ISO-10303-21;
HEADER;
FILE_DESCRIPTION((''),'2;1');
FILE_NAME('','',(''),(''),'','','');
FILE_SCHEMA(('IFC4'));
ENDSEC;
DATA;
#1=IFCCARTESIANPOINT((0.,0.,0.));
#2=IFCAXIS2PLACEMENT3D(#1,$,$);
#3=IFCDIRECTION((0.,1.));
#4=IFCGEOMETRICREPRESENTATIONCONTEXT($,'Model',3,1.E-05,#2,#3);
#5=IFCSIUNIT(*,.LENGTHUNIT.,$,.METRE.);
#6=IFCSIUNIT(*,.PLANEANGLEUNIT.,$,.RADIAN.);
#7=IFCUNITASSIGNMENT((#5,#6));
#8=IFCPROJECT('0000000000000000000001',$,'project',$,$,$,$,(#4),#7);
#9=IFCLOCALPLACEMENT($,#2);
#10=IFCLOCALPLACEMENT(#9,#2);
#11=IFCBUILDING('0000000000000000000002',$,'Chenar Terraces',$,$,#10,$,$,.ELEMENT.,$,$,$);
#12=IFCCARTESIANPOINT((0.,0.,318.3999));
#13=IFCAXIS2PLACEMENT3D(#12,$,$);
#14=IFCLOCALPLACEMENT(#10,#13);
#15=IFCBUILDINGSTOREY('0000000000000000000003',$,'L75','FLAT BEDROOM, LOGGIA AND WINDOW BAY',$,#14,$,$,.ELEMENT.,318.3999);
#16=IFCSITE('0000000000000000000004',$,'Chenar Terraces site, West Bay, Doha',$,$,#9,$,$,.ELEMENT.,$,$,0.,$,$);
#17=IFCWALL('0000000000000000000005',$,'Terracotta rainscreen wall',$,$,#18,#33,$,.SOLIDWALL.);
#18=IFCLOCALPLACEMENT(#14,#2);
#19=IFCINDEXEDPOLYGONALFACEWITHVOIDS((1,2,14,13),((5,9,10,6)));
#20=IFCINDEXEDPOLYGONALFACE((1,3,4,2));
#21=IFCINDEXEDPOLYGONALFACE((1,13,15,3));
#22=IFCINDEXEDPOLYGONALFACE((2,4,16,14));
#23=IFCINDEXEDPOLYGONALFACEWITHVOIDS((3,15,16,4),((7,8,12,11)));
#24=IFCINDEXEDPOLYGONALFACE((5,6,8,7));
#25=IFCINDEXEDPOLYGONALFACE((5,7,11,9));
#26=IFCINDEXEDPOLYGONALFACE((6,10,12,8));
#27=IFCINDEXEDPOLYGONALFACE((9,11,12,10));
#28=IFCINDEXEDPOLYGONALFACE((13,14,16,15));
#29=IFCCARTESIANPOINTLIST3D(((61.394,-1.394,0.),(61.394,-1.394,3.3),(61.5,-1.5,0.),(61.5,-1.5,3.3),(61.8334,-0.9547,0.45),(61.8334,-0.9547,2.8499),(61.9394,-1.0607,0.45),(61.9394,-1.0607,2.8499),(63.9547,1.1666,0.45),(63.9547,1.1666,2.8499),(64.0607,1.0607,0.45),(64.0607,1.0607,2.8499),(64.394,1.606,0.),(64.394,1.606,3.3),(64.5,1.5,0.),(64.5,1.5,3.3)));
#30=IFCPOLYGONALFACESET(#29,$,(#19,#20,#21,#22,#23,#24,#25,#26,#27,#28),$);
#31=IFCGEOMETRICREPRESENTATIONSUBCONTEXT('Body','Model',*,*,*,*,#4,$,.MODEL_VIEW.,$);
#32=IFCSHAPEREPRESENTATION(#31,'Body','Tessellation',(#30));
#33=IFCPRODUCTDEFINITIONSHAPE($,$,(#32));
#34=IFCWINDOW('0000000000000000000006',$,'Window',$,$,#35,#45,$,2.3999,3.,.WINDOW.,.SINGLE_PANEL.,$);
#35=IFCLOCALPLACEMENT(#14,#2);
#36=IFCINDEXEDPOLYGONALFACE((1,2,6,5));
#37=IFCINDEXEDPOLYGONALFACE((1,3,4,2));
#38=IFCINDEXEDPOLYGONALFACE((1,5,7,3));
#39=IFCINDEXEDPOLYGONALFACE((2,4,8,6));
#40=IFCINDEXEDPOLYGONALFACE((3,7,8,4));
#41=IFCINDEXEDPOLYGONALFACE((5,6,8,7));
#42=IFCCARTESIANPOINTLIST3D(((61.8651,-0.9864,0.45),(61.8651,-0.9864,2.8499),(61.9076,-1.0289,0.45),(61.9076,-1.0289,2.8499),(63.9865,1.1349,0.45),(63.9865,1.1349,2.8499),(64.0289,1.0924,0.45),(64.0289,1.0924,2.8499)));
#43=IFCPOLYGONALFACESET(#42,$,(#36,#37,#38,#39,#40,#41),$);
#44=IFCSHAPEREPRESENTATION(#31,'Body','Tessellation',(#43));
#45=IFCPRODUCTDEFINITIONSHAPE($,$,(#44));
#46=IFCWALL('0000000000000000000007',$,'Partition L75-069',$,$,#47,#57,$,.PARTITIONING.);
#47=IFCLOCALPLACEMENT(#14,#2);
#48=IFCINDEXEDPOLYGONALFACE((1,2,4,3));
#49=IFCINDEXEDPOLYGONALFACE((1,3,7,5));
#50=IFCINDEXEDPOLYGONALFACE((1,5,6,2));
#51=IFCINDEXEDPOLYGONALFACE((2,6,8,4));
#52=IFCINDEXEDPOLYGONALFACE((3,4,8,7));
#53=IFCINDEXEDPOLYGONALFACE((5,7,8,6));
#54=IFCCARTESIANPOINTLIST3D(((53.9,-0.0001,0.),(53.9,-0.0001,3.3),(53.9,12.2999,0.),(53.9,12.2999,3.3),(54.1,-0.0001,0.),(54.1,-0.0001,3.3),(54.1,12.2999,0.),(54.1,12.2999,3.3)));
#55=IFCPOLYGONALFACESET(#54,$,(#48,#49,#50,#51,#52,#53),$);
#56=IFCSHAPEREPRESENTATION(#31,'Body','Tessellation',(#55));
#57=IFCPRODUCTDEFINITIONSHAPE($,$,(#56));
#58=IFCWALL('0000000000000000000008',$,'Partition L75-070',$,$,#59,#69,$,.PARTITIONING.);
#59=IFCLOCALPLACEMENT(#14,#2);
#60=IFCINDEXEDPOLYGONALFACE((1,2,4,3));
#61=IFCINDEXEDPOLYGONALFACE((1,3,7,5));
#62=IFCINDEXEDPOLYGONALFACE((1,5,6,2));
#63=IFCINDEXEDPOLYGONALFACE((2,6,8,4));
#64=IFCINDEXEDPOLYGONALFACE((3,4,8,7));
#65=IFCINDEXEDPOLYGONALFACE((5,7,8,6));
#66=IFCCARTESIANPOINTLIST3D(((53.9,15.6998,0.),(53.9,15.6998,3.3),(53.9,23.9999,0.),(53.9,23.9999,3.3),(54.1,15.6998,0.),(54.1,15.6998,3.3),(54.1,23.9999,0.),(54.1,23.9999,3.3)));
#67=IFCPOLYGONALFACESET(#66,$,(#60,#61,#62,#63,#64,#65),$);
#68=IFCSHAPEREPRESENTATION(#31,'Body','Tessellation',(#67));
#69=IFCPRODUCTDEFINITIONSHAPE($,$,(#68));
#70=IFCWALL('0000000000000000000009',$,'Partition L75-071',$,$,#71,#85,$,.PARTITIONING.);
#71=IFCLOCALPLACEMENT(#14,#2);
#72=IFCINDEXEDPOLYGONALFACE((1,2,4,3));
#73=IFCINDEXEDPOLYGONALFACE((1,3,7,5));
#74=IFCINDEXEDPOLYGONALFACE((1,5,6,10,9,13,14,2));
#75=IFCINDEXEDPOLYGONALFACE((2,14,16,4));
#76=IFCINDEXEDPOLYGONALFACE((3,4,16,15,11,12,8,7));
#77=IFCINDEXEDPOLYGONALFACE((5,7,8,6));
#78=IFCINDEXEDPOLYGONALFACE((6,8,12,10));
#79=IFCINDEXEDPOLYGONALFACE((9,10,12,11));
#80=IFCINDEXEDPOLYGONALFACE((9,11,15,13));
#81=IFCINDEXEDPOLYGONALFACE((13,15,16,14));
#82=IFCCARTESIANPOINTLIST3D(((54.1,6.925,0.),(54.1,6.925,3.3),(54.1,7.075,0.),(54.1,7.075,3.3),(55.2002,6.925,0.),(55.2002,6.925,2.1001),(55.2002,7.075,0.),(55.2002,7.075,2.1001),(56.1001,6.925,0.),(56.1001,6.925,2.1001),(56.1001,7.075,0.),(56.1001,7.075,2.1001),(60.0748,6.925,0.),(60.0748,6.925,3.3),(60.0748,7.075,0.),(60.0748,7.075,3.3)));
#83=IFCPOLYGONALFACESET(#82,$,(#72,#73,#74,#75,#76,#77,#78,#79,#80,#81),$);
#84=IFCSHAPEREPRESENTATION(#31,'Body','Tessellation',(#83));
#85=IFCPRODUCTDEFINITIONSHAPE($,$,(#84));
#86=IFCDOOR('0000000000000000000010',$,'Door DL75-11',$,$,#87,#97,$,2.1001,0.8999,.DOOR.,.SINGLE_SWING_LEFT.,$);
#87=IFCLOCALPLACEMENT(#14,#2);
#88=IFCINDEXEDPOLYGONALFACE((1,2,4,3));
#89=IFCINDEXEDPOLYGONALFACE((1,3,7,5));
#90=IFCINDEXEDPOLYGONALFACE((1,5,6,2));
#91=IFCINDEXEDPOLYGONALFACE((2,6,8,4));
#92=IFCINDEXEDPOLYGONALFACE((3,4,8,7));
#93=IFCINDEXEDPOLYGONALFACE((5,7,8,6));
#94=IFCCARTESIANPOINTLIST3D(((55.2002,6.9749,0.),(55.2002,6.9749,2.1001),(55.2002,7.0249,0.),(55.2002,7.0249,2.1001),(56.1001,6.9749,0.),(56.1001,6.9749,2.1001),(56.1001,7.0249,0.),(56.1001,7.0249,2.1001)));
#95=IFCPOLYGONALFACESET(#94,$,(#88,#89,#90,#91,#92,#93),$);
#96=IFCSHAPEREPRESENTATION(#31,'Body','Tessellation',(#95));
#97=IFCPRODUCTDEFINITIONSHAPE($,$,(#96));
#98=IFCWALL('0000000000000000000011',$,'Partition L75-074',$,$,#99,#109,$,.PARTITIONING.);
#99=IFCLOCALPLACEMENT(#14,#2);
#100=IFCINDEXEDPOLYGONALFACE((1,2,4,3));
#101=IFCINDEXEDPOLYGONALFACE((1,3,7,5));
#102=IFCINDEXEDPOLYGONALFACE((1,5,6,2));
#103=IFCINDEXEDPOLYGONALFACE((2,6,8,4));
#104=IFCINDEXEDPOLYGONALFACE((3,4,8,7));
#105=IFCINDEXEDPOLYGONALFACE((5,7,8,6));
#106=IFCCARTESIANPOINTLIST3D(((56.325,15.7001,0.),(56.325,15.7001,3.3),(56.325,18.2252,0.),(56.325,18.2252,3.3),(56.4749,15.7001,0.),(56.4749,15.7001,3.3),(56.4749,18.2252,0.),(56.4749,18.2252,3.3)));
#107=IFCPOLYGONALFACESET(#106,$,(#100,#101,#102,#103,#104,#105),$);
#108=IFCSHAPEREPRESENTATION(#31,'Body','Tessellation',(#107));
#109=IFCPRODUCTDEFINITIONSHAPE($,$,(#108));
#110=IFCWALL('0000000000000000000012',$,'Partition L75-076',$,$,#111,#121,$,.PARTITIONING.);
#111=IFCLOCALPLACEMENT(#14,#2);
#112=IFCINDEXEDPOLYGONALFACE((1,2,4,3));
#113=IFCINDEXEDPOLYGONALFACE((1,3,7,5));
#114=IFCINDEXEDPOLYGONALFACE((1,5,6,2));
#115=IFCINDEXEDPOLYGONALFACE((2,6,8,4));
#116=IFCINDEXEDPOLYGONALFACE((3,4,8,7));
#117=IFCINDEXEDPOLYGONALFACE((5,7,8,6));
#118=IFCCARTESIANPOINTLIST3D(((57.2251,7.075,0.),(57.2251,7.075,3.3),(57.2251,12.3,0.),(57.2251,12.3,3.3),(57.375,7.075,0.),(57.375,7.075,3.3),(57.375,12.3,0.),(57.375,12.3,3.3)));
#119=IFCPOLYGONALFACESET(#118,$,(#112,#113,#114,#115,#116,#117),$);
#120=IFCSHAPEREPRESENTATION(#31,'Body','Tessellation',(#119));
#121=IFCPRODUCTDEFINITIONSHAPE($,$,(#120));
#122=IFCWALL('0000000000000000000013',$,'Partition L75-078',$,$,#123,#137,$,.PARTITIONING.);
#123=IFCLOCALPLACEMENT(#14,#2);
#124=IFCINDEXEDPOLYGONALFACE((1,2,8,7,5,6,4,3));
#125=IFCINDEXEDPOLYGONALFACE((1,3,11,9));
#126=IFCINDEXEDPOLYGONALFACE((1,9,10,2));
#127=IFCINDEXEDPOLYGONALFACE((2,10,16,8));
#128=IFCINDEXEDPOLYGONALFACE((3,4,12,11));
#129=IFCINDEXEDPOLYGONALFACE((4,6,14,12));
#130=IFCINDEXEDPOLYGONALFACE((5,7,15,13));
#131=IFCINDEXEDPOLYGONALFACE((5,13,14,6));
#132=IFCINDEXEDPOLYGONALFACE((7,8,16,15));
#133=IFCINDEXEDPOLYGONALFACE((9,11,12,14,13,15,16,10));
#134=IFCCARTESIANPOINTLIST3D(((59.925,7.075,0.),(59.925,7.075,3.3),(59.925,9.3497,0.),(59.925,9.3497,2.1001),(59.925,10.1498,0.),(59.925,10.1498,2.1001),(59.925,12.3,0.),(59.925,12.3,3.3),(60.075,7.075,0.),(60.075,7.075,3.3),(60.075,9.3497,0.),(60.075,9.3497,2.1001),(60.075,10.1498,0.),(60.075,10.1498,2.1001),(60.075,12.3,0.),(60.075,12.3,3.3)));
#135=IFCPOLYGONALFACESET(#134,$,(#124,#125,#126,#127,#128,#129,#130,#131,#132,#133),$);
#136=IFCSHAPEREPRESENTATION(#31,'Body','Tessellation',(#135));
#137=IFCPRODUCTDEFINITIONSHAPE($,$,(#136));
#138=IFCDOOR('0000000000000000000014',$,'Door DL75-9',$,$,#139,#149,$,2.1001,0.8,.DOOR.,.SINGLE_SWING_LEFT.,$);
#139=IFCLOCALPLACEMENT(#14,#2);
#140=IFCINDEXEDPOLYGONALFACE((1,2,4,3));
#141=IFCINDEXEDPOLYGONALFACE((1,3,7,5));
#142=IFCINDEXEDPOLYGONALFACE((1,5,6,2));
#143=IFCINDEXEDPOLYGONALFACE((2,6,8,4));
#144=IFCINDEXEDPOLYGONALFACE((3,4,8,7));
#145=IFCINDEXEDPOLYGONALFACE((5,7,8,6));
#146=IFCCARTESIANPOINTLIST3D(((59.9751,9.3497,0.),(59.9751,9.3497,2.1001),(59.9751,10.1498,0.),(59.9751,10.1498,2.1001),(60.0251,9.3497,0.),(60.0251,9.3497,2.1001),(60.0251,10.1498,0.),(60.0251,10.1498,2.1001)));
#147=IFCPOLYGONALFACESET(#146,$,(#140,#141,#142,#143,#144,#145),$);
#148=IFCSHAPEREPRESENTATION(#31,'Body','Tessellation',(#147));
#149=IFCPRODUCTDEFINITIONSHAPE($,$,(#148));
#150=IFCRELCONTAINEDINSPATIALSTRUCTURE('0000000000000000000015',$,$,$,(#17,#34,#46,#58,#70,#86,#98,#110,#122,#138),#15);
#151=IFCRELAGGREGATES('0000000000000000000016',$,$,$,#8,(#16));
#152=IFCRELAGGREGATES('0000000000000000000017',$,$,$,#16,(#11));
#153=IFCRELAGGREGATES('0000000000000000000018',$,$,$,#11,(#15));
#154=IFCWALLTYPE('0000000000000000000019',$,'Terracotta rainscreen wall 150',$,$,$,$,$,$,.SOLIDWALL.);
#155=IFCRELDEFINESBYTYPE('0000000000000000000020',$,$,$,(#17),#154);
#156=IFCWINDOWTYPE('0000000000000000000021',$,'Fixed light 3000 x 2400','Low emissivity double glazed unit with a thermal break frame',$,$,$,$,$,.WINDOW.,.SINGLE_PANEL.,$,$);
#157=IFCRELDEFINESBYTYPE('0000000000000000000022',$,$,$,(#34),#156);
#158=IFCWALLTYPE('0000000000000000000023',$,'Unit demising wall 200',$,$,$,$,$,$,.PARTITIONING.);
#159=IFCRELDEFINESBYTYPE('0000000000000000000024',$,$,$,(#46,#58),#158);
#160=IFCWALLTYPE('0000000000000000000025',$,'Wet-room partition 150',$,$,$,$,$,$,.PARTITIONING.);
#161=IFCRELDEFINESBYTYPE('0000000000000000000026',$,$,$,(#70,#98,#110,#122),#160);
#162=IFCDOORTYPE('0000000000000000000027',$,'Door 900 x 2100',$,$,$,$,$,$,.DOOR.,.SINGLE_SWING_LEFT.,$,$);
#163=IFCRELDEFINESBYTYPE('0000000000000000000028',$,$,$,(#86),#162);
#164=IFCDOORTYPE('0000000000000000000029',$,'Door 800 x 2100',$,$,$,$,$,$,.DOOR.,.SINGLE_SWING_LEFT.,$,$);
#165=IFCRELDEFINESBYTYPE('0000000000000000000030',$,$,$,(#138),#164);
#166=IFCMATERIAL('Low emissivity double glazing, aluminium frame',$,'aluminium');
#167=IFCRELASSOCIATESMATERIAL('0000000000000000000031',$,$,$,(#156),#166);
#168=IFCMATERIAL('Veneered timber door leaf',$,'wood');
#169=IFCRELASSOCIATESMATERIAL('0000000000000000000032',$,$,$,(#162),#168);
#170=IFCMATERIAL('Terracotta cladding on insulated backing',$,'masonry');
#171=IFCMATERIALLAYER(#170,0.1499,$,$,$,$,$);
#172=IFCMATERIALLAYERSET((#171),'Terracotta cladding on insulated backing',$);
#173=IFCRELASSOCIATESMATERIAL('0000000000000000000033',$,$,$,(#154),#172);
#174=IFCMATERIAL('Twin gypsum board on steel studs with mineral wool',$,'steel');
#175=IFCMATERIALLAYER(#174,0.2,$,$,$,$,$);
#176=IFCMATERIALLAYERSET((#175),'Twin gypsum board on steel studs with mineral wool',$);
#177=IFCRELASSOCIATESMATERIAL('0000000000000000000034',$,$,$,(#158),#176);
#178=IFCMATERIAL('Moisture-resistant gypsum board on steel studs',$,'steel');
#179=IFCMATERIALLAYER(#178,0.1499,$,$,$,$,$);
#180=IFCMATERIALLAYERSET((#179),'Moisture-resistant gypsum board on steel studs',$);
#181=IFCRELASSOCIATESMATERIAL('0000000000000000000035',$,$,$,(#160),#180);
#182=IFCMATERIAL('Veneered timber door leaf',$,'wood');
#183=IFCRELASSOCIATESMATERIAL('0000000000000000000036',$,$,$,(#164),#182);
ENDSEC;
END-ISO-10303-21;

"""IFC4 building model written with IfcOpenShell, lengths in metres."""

from ifc_helpers import new_model, si_unit, direction, frame, frame_2d, origin, place, context, subcontext, project, spatial, rectangle, extrude, material, layer, layer_set, type_object, element, fill, save


model = new_model("IFC4")

# Units and contexts
model_context = context("Model", 3, precision=1e-05, world=origin(), true_north=direction((0.0, 1.0)))
body_context = subcontext(model_context, "Body", "Model", "MODEL_VIEW")
ifc_project = project(units=[si_unit("LENGTHUNIT", "METRE"), si_unit("PLANEANGLEUNIT", "RADIAN")], contexts=[model_context])

# Site, building, storey
site_placement = place(None, origin())
site = spatial("IfcSite", under=ifc_project, at=site_placement, Name="Chenar Terraces site, West Bay, Doha", CompositionType="ELEMENT", RefElevation=0.0)
building_placement = place(site_placement, origin())
building = spatial("IfcBuilding", under=site, at=building_placement, Name="Chenar Terraces", CompositionType="ELEMENT")
storey_placement = place(building_placement, frame((0.0, 0.0, 318.3999)))
storey = spatial("IfcBuildingStorey", under=building, at=storey_placement, Name="L75", Description="FLAT BEDROOM, LOGGIA AND WINDOW BAY", CompositionType="ELEMENT", Elevation=318.3999)

# Shared definitions
ifc_material_1 = material(Name="Low emissivity double glazing, aluminium frame", Category="aluminium")
window_type = type_object("IfcWindowType", Name="Fixed light 3000 x 2400", Description="Low emissivity double glazed unit with a thermal break frame", PartitioningType="SINGLE_PANEL", PredefinedType="WINDOW", material=ifc_material_1)

# Shared definitions
ifc_material_2 = material(Name="Veneered timber door leaf", Category="wood")
door_type_1 = type_object("IfcDoorType", Name="Door 900 x 2100", OperationType="SINGLE_SWING_LEFT", PredefinedType="DOOR", material=ifc_material_2)

# Wall, opening, window
ifc_material_3 = material(Name="Terracotta cladding on insulated backing", Category="masonry")
ifc_layer_1 = layer(ifc_material_3, 0.1499)
ifc_layer_set_1 = layer_set([ifc_layer_1], Name="Terracotta cladding on insulated backing")
wall_type_1 = type_object("IfcWallType", Name="Terracotta rainscreen wall 150", PredefinedType="SOLIDWALL", material=ifc_layer_set_1)
wall_1_placement = place(storey_placement, frame((61.447, -1.447, 0.0), z_axis=(0.0, 0.0, 1.0), x_axis=(0.707107, 0.707107, 0.0)))
wall_1 = element("IfcWall", 1, at=wall_1_placement, inside=storey, type_object=wall_type_1, Name="Terracotta rainscreen wall", PredefinedType="SOLIDWALL", context=body_context, shape_type="SweptSolid", body=[
    extrude(rectangle(XDim=4.2427, YDim=0.1499, at=frame_2d((2.1213, 0.0))), origin(), (0.0, 0.0, 1.0), 3.3),
])
opening_1_placement = place(wall_1_placement, frame((0.6213, 0.0, 0.45)))
opening_1 = element("IfcOpeningElement", 2, at=opening_1_placement, cuts=wall_1, PredefinedType="OPENING", context=body_context, shape_type="SweptSolid", body=[
    extrude(rectangle(XDim=3.0, YDim=2.3999, at=frame_2d((1.5, 1.2))), frame((0.0, 0.085, 0.0), z_axis=(0.0, -1.0, 0.0), x_axis=(1.0, 0.0, 0.0)), (0.0, 0.0, 1.0), 0.1699),
])
window_1_placement = place(opening_1_placement, origin())
window_1 = element("IfcWindow", 3, at=window_1_placement, inside=storey, type_object=window_type, Name="Window", OverallHeight=2.3999, OverallWidth=3.0, PartitioningType="SINGLE_PANEL", PredefinedType="WINDOW", context=body_context, shape_type="SweptSolid", body=[
    extrude(rectangle(XDim=3.0, YDim=2.3999, at=frame_2d((1.5, 1.2))), frame((0.0, 0.03, 0.0), z_axis=(0.0, -1.0, 0.0), x_axis=(1.0, 0.0, 0.0)), (0.0, 0.0, 1.0), 0.0601),
])
fill(opening_1, window_1)

# Walls
ifc_material_4 = material(Name="Twin gypsum board on steel studs with mineral wool", Category="steel")
ifc_layer_2 = layer(ifc_material_4, 0.2)
ifc_layer_set_2 = layer_set([ifc_layer_2], Name="Twin gypsum board on steel studs with mineral wool")
wall_type_2 = type_object("IfcWallType", Name="Unit demising wall 200", PredefinedType="PARTITIONING", material=ifc_layer_set_2)
wall_2_placement = place(storey_placement, frame((54.0, 0.0, 0.0), z_axis=(0.0, 0.0, 1.0), x_axis=(0.0, 1.0, 0.0)))
element("IfcWall", 4, at=wall_2_placement, inside=storey, type_object=wall_type_2, Name="Partition L75-069", PredefinedType="PARTITIONING", context=body_context, shape_type="SweptSolid", body=[
    extrude(rectangle(XDim=12.3, YDim=0.2, at=frame_2d((6.1499, 0.0))), origin(), (0.0, 0.0, 1.0), 3.3),
])
wall_3_placement = place(storey_placement, frame((54.0, 15.7, 0.0), z_axis=(0.0, 0.0, 1.0), x_axis=(0.0, 1.0, 0.0)))
element("IfcWall", 5, at=wall_3_placement, inside=storey, type_object=wall_type_2, Name="Partition L75-070", PredefinedType="PARTITIONING", context=body_context, shape_type="SweptSolid", body=[
    extrude(rectangle(XDim=8.3, YDim=0.2, at=frame_2d((4.1499, 0.0))), origin(), (0.0, 0.0, 1.0), 3.3),
])

# Wall, opening, door
ifc_material_5 = material(Name="Moisture-resistant gypsum board on steel studs", Category="steel")
ifc_layer_3 = layer(ifc_material_5, 0.1499)
ifc_layer_set_3 = layer_set([ifc_layer_3], Name="Moisture-resistant gypsum board on steel studs")
wall_type_3 = type_object("IfcWallType", Name="Wet-room partition 150", PredefinedType="PARTITIONING", material=ifc_layer_set_3)
wall_4_placement = place(storey_placement, frame((54.1001, 7.0, 0.0), z_axis=(0.0, 0.0, 1.0), x_axis=(1.0, 0.0, 0.0)))
wall_4 = element("IfcWall", 6, at=wall_4_placement, inside=storey, type_object=wall_type_3, Name="Partition L75-071", PredefinedType="PARTITIONING", context=body_context, shape_type="SweptSolid", body=[
    extrude(rectangle(XDim=5.9749, YDim=0.1499, at=frame_2d((2.9873, 0.0))), origin(), (0.0, 0.0, 1.0), 3.3),
])
opening_2_placement = place(wall_4_placement, frame((1.1001, 0.0, 0.0)))
opening_2 = element("IfcOpeningElement", 7, at=opening_2_placement, cuts=wall_4, PredefinedType="OPENING", context=body_context, shape_type="SweptSolid", body=[
    extrude(rectangle(XDim=0.8999, YDim=2.1001, at=frame_2d((0.45, 1.05))), frame((0.0, 0.085, 0.0), z_axis=(0.0, -1.0, 0.0), x_axis=(1.0, 0.0, 0.0)), (0.0, 0.0, 1.0), 0.1699),
])
door_1_placement = place(opening_2_placement, origin())
door_1 = element("IfcDoor", 8, at=door_1_placement, inside=storey, type_object=door_type_1, Name="Door DL75-11", OperationType="SINGLE_SWING_LEFT", OverallHeight=2.1001, OverallWidth=0.8999, PredefinedType="DOOR", context=body_context, shape_type="SweptSolid", body=[
    extrude(rectangle(XDim=0.8999, YDim=2.1001, at=frame_2d((0.45, 1.05))), frame((0.0, 0.0249, 0.0), z_axis=(0.0, -1.0, 0.0), x_axis=(1.0, 0.0, 0.0)), (0.0, 0.0, 1.0), 0.05),
])
fill(opening_2, door_1)

# Walls
wall_5_placement = place(storey_placement, frame((56.3999, 15.7, 0.0), z_axis=(0.0, 0.0, 1.0), x_axis=(0.0, 1.0, 0.0)))
element("IfcWall", 9, at=wall_5_placement, inside=storey, type_object=wall_type_3, Name="Partition L75-074", PredefinedType="PARTITIONING", context=body_context, shape_type="SweptSolid", body=[
    extrude(rectangle(XDim=2.5251, YDim=0.1499, at=frame_2d((1.2627, 0.0))), origin(), (0.0, 0.0, 1.0), 3.3),
])
wall_6_placement = place(storey_placement, frame((57.3, 7.075, 0.0), z_axis=(0.0, 0.0, 1.0), x_axis=(0.0, 1.0, 0.0)))
element("IfcWall", 10, at=wall_6_placement, inside=storey, type_object=wall_type_3, Name="Partition L75-076", PredefinedType="PARTITIONING", context=body_context, shape_type="SweptSolid", body=[
    extrude(rectangle(XDim=5.2251, YDim=0.1499, at=frame_2d((2.6125, 0.0))), origin(), (0.0, 0.0, 1.0), 3.3),
])

# Wall, opening, door
wall_7_placement = place(storey_placement, frame((60.0, 7.075, 0.0), z_axis=(0.0, 0.0, 1.0), x_axis=(0.0, 1.0, 0.0)))
wall_7 = element("IfcWall", 11, at=wall_7_placement, inside=storey, type_object=wall_type_3, Name="Partition L75-078", PredefinedType="PARTITIONING", context=body_context, shape_type="SweptSolid", body=[
    extrude(rectangle(XDim=5.2251, YDim=0.1499, at=frame_2d((2.6125, 0.0))), origin(), (0.0, 0.0, 1.0), 3.3),
])
opening_3_placement = place(wall_7_placement, frame((2.2749, 0.0, 0.0)))
opening_3 = element("IfcOpeningElement", 12, at=opening_3_placement, cuts=wall_7, PredefinedType="OPENING", context=body_context, shape_type="SweptSolid", body=[
    extrude(rectangle(XDim=0.8, YDim=2.1001, at=frame_2d((0.3999, 1.05))), frame((0.0, 0.085, 0.0), z_axis=(0.0, -1.0, 0.0), x_axis=(1.0, 0.0, 0.0)), (0.0, 0.0, 1.0), 0.1699),
])
ifc_material_6 = material(Name="Veneered timber door leaf", Category="wood")
door_type_2 = type_object("IfcDoorType", Name="Door 800 x 2100", OperationType="SINGLE_SWING_LEFT", PredefinedType="DOOR", material=ifc_material_6)
door_2_placement = place(opening_3_placement, origin())
door_2 = element("IfcDoor", 13, at=door_2_placement, inside=storey, type_object=door_type_2, Name="Door DL75-9", OperationType="SINGLE_SWING_LEFT", OverallHeight=2.1001, OverallWidth=0.8, PredefinedType="DOOR", context=body_context, shape_type="SweptSolid", body=[
    extrude(rectangle(XDim=0.8, YDim=2.1001, at=frame_2d((0.3999, 1.05))), frame((0.0, 0.0249, 0.0), z_axis=(0.0, -1.0, 0.0), x_axis=(1.0, 0.0, 0.0)), (0.0, 0.0, 1.0), 0.05),
])
fill(opening_3, door_2)

save(model, "model.ifc")
